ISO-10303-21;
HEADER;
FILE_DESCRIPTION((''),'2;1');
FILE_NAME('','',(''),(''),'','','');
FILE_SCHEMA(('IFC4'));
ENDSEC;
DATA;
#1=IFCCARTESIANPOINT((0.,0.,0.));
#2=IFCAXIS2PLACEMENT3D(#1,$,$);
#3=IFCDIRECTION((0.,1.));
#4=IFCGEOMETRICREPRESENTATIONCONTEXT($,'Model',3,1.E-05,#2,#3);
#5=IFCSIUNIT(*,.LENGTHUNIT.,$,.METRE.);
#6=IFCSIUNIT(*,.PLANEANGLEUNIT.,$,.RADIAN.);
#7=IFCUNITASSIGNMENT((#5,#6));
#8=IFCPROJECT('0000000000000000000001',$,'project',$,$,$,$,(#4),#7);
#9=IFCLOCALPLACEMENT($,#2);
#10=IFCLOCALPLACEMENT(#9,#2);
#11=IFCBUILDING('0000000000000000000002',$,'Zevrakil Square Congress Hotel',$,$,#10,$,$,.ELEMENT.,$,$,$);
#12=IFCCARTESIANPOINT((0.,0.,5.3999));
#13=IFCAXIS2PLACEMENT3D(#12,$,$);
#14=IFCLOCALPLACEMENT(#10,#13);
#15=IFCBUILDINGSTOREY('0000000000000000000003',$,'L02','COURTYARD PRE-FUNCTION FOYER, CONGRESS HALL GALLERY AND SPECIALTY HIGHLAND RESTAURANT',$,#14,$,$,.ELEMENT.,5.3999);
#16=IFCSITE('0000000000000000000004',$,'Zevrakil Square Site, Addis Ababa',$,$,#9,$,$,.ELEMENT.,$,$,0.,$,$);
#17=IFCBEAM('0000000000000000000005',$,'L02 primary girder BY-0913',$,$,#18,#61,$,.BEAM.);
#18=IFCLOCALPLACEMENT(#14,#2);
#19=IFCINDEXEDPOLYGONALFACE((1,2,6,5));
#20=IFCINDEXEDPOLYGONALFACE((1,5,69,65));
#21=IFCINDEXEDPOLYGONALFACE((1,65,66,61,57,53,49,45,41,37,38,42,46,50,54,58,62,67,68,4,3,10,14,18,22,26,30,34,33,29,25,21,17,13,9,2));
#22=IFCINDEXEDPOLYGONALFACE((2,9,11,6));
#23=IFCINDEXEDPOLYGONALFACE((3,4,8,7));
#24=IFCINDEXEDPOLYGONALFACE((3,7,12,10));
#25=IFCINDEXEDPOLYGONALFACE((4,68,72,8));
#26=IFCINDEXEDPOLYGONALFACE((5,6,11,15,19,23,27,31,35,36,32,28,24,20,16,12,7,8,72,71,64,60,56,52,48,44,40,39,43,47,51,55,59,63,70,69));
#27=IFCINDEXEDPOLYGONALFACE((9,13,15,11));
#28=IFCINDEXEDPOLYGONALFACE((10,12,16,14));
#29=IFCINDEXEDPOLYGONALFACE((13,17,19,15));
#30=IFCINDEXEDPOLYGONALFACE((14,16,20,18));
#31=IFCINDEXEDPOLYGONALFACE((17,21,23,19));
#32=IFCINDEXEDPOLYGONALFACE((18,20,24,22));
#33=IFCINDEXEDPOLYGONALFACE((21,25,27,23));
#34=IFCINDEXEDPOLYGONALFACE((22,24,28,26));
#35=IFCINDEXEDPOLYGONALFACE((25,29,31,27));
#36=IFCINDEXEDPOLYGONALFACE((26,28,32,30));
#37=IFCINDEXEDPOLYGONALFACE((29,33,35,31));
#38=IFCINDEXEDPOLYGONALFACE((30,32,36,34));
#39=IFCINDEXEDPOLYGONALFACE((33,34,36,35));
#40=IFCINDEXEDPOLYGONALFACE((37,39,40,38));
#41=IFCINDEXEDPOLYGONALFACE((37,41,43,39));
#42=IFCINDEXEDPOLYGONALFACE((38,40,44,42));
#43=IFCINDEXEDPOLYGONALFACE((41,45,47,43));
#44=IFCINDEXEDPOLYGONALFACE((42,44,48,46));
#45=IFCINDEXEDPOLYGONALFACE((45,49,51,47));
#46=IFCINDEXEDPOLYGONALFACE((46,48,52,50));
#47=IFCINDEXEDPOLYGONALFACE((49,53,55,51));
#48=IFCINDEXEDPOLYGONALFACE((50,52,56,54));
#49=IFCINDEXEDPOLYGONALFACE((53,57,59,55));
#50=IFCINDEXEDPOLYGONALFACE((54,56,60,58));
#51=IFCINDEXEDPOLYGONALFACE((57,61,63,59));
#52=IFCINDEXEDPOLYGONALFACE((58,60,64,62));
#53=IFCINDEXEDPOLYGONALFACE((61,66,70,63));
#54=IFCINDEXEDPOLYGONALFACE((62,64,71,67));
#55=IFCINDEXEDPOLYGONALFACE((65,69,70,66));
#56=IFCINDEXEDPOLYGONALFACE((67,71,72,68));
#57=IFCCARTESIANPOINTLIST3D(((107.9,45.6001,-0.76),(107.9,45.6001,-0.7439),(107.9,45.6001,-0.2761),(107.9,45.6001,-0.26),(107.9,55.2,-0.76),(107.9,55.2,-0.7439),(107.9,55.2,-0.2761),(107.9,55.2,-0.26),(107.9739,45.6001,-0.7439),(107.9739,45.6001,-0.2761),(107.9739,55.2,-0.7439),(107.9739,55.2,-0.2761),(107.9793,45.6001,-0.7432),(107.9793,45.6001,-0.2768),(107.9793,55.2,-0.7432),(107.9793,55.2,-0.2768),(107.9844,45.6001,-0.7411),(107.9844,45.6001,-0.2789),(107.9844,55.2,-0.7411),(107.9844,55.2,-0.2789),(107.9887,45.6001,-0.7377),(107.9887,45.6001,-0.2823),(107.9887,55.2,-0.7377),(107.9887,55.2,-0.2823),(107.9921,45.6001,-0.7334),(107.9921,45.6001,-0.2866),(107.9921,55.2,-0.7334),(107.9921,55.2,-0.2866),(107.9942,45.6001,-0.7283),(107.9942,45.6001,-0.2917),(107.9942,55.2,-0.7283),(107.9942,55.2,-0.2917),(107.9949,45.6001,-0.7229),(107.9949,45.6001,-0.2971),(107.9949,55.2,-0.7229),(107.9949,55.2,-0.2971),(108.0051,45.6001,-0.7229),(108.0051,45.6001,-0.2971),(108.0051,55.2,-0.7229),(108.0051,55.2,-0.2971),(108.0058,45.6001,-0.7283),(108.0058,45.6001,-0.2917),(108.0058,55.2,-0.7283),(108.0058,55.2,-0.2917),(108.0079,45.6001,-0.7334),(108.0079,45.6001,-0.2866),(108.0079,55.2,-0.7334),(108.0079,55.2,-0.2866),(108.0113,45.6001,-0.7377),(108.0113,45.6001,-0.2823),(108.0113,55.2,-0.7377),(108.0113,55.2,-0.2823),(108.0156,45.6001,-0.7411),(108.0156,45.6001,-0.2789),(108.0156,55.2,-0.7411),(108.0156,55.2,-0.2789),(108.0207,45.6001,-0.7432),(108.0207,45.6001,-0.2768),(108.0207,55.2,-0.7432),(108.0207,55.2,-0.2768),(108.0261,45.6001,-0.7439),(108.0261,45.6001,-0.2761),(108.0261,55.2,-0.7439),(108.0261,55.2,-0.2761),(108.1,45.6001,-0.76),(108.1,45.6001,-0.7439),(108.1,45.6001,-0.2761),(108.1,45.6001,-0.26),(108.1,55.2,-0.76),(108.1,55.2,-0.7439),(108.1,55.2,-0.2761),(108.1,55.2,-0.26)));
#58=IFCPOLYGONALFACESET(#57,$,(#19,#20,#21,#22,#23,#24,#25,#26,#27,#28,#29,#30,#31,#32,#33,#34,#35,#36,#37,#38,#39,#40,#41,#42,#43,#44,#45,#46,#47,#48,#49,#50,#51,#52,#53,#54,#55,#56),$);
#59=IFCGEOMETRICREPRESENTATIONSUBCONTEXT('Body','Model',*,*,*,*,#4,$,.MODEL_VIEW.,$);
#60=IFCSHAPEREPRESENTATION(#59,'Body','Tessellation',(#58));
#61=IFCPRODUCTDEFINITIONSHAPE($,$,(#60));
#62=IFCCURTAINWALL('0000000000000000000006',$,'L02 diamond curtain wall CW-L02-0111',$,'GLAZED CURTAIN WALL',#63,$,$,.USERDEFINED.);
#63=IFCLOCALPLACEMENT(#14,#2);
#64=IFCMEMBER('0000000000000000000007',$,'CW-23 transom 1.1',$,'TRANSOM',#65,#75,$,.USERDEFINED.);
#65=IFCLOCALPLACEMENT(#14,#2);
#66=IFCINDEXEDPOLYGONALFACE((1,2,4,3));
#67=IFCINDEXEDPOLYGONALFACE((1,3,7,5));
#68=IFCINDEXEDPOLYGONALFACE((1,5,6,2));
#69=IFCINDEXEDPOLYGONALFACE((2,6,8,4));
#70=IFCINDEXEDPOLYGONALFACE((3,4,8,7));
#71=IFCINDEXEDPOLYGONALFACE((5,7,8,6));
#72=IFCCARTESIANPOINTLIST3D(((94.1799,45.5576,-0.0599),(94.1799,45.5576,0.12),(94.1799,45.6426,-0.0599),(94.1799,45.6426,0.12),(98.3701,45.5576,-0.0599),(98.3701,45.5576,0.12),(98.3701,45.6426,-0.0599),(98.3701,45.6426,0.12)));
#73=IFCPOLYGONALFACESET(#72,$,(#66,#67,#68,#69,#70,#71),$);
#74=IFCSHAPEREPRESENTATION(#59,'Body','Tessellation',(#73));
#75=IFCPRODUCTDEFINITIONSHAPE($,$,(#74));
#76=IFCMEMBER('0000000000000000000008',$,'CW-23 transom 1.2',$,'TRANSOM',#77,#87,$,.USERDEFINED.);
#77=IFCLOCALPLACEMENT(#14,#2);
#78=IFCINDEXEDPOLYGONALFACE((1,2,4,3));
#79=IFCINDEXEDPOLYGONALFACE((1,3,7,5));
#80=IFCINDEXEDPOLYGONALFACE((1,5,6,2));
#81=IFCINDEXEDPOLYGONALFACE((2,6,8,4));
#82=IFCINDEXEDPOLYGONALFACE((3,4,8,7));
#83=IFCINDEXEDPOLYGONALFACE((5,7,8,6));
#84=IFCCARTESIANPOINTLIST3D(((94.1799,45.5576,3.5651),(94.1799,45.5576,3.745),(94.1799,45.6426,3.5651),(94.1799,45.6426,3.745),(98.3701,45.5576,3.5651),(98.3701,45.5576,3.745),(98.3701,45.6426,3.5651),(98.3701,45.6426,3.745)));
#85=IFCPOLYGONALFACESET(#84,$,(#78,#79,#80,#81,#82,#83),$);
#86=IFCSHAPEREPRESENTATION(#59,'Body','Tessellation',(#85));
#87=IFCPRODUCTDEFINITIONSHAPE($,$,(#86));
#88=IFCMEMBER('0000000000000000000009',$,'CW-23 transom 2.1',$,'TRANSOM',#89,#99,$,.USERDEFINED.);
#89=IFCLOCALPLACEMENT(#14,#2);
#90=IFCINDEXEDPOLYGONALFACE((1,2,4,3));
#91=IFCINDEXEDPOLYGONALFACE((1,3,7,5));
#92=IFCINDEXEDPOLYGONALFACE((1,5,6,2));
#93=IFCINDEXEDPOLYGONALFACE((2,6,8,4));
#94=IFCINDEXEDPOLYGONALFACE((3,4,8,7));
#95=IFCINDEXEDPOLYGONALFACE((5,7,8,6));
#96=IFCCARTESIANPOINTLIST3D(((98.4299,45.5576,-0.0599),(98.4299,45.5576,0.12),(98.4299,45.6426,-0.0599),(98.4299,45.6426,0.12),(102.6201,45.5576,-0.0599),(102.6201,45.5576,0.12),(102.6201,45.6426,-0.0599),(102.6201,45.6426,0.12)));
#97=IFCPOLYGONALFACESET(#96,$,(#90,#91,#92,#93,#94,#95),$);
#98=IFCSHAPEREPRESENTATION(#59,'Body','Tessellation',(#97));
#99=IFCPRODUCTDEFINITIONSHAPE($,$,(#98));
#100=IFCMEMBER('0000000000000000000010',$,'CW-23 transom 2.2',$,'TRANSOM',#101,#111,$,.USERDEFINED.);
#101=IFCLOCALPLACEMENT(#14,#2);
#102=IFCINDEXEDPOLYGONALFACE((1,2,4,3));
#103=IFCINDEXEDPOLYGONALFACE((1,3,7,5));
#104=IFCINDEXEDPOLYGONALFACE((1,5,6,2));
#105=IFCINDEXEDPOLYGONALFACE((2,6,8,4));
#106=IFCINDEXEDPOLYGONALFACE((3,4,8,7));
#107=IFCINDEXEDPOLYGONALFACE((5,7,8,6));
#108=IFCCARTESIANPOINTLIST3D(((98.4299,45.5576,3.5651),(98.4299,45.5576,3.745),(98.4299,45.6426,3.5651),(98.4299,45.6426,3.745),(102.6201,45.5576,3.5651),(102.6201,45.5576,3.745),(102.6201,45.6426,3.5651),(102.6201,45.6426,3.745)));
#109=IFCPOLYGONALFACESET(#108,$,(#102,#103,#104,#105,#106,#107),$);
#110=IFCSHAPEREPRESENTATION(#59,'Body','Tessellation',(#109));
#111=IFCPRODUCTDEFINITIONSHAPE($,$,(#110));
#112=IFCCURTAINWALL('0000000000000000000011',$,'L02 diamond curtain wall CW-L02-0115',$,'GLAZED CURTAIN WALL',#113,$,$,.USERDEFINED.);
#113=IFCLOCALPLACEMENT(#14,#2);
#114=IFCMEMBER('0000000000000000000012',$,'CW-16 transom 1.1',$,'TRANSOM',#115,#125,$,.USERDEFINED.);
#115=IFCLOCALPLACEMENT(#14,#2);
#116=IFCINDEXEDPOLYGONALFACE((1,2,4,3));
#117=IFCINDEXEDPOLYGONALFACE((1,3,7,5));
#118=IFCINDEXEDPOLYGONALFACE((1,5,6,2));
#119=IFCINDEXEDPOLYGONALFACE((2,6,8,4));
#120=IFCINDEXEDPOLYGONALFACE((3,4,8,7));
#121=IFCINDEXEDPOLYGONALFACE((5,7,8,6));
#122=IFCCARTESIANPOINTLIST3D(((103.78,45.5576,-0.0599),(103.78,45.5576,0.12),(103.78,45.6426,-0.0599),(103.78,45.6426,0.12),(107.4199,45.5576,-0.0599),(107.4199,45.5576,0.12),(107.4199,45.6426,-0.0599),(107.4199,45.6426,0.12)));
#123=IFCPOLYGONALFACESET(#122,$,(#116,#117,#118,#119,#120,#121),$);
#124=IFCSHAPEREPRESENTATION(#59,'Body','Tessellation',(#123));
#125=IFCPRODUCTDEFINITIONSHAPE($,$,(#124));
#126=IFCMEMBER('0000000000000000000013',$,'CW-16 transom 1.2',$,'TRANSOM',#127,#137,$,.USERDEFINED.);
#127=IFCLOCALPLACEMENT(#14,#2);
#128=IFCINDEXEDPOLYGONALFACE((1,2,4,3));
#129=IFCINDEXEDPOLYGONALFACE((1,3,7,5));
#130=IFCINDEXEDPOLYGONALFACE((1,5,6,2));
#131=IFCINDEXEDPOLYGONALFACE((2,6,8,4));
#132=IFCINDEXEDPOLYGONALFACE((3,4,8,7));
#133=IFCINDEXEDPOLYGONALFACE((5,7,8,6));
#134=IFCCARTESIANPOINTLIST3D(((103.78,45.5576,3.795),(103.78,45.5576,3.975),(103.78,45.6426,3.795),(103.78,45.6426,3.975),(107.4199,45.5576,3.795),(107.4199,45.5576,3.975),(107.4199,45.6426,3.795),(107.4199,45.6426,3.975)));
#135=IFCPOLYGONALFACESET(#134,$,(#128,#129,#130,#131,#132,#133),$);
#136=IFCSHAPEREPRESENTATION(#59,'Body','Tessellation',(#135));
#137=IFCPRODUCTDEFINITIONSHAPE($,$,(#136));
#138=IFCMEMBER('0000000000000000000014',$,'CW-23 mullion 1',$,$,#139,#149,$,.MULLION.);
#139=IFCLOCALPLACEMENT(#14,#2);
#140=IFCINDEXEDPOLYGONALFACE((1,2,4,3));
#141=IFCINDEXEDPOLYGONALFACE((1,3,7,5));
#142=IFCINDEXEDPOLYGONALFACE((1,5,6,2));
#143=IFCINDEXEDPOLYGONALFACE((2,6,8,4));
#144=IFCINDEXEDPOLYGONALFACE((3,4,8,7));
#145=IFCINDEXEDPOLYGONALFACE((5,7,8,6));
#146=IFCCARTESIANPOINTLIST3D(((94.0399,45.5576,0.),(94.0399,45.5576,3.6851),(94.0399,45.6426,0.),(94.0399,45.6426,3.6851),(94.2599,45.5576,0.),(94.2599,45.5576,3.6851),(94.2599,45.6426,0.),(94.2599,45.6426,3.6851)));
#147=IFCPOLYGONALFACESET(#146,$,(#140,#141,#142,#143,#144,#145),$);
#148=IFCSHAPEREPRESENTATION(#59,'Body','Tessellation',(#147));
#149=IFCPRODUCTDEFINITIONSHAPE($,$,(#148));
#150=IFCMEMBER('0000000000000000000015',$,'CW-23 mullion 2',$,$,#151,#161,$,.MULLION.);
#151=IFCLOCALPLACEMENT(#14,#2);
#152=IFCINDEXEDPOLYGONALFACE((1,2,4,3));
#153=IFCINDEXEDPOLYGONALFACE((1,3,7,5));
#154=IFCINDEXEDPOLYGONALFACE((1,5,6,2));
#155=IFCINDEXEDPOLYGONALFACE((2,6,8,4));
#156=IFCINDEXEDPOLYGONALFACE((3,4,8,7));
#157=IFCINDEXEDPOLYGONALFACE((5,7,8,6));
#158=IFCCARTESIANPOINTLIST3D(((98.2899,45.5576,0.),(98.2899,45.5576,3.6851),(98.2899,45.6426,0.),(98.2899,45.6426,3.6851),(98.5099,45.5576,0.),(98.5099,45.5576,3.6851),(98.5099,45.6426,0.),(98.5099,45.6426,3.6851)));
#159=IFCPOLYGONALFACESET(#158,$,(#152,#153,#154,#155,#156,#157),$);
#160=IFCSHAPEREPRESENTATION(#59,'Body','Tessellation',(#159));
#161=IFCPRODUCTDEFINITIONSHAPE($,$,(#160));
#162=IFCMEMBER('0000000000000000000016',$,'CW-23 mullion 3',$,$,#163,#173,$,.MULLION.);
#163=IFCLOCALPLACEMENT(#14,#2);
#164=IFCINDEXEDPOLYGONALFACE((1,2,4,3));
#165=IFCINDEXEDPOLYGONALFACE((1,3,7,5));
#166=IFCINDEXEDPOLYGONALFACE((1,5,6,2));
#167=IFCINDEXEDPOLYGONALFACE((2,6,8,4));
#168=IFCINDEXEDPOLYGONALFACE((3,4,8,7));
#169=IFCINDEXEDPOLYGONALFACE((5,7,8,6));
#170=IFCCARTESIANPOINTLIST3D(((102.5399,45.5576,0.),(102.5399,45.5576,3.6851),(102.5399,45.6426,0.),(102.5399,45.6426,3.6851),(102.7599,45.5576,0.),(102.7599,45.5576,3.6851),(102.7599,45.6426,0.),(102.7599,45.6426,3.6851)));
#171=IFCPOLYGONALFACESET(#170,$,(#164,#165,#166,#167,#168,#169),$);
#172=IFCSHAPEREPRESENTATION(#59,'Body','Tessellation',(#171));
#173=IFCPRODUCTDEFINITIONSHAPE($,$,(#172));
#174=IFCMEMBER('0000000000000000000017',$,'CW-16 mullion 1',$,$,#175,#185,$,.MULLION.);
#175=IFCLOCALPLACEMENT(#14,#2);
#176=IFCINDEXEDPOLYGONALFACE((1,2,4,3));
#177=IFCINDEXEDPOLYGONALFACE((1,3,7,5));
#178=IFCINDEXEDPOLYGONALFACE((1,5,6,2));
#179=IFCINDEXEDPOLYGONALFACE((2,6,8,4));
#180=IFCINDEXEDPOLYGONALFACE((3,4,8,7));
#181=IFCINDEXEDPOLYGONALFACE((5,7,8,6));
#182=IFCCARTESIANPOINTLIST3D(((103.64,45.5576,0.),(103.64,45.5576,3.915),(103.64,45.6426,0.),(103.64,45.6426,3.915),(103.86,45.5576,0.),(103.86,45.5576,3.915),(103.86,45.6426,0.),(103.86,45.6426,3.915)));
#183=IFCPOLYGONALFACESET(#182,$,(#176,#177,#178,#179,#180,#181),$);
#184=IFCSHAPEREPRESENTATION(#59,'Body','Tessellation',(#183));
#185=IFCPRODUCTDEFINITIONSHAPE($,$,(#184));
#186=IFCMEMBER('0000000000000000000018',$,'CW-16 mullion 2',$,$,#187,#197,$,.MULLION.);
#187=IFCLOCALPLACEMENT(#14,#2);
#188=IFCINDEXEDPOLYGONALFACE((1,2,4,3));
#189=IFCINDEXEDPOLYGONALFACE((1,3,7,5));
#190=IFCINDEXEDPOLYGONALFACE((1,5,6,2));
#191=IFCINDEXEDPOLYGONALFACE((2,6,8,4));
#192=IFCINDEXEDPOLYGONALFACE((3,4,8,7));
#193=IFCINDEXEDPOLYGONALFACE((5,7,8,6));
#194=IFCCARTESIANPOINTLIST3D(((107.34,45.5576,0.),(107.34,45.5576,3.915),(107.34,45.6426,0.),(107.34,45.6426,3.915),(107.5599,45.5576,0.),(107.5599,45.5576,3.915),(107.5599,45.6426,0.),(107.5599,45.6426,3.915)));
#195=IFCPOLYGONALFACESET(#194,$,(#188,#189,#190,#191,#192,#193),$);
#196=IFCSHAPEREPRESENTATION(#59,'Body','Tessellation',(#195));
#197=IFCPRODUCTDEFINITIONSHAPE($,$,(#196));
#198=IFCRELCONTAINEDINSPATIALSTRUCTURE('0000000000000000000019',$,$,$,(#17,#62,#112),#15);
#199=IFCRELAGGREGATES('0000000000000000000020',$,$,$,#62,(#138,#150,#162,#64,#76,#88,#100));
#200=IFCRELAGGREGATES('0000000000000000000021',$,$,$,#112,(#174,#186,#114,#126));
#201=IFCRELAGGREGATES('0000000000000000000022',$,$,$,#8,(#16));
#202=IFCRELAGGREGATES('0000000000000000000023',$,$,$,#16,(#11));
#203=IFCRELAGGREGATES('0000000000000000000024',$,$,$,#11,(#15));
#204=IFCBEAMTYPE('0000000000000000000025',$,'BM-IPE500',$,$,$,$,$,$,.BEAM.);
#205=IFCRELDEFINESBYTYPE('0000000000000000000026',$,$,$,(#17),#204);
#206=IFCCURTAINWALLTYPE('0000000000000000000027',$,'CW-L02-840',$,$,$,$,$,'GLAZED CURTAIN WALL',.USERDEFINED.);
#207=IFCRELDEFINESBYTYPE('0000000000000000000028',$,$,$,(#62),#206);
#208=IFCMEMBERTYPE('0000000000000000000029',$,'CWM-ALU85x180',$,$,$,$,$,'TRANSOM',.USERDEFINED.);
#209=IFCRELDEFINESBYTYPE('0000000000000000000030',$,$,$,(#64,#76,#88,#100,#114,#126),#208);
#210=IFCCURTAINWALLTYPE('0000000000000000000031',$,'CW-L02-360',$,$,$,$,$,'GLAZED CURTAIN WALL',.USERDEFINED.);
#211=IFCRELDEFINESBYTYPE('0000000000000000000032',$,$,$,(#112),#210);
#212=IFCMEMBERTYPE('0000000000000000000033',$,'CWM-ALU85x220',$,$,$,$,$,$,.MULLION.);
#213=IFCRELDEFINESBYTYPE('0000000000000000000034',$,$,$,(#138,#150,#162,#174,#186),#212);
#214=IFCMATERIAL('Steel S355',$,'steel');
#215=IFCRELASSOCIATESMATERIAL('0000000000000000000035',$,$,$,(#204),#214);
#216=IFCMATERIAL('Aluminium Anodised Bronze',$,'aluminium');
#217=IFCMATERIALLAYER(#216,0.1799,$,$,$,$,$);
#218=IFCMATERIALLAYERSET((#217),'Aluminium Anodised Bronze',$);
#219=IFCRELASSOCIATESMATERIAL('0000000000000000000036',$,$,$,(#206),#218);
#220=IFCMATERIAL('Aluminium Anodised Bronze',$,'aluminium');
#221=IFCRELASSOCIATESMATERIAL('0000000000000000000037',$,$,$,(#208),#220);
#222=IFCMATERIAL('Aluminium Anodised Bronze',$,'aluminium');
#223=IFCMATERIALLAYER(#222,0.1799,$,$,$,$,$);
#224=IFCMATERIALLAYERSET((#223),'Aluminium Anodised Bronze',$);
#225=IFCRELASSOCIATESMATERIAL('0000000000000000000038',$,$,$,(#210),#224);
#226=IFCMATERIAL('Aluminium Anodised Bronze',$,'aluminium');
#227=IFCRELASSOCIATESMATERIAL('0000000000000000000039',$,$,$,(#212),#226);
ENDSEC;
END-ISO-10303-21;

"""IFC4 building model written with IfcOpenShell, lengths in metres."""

from ifc_helpers import new_model, si_unit, direction, frame, origin, origin_2d, place, context, subcontext, project, spatial, rectangle, i_section, extrude, material, layer, layer_set, material_profile, profile_set, type_object, element, aggregate, save


model = new_model("IFC4")

# Units and contexts
model_context = context("Model", 3, precision=1e-05, world=origin(), true_north=direction((0.0, 1.0)))
body_context = subcontext(model_context, "Body", "Model", "MODEL_VIEW")
ifc_project = project(units=[si_unit("LENGTHUNIT", "METRE"), si_unit("PLANEANGLEUNIT", "RADIAN")], contexts=[model_context])

# Site, building, storey
site_placement = place(None, origin())
site = spatial("IfcSite", under=ifc_project, at=site_placement, Name="Zevrakil Square Site, Addis Ababa", CompositionType="ELEMENT", RefElevation=0.0)
building_placement = place(site_placement, origin())
building = spatial("IfcBuilding", under=site, at=building_placement, Name="Zevrakil Square Congress Hotel", CompositionType="ELEMENT")
storey_placement = place(building_placement, frame((0.0, 0.0, 5.3999)))
storey = spatial("IfcBuildingStorey", under=building, at=storey_placement, Name="L02", Description="COURTYARD PRE-FUNCTION FOYER, CONGRESS HALL GALLERY AND SPECIALTY HIGHLAND RESTAURANT", CompositionType="ELEMENT", Elevation=5.3999)

# Beam
ifc_material_1 = material(Name="Steel S355", Category="steel")
ifc_material_profile_1 = material_profile(ifc_material_1, i_section(OverallWidth=0.2, OverallDepth=0.5, WebThickness=0.0103, FlangeThickness=0.0161, FilletRadius=0.021, at=origin_2d()), Name="IPE 500")
ifc_profile_set_1 = profile_set([ifc_material_profile_1], Name="Steel S355")
beam_type_1 = type_object("IfcBeamType", Name="BM-IPE500", PredefinedType="BEAM", material=ifc_profile_set_1)
beam_placement = place(storey_placement, frame((108.0, 45.6001, -0.51), z_axis=(0.0, 1.0, 0.0), x_axis=(-1.0, 0.0, 0.0)))
element("IfcBeam", 1, at=beam_placement, inside=storey, type_object=beam_type_1, Name="L02 primary girder BY-0913", PredefinedType="BEAM", context=body_context, shape_type="SweptSolid", body=[
    extrude(i_section(OverallWidth=0.2, OverallDepth=0.5, WebThickness=0.0103, FlangeThickness=0.0161, FilletRadius=0.021, at=origin_2d()), origin(), (0.0, 0.0, 1.0), 9.5999),
])

# Curtain walls, members
ifc_material_2 = material(Name="Aluminium Anodised Bronze", Category="aluminium")
ifc_layer_1 = layer(ifc_material_2, 0.1799)
ifc_layer_set_1 = layer_set([ifc_layer_1], Name="Aluminium Anodised Bronze")
curtain_wall_type_1 = type_object("IfcCurtainWallType", Name="CW-L02-840", ElementType="GLAZED CURTAIN WALL", PredefinedType="USERDEFINED", material=ifc_layer_set_1)
curtain_wall_1_placement = place(storey_placement, origin())
curtain_wall_1 = element("IfcCurtainWall", 2, at=curtain_wall_1_placement, inside=storey, type_object=curtain_wall_type_1, Name="L02 diamond curtain wall CW-L02-0111", ObjectType="GLAZED CURTAIN WALL", PredefinedType="USERDEFINED")
ifc_material_3 = material(Name="Aluminium Anodised Bronze", Category="aluminium")
ifc_material_profile_2 = material_profile(ifc_material_3, rectangle(XDim=0.085, YDim=0.1799, at=origin_2d()), Name="ALU 85x180")
ifc_profile_set_2 = profile_set([ifc_material_profile_2], Name="Aluminium Anodised Bronze")
member_type_1 = type_object("IfcMemberType", Name="CWM-ALU85x180", ElementType="TRANSOM", PredefinedType="USERDEFINED", material=ifc_profile_set_2)
member_1_placement = place(storey_placement, frame((94.1799, 45.6001, 0.03), z_axis=(1.0, 0.0, 0.0), x_axis=(0.0, 1.0, 0.0)))
member_1 = element("IfcMember", 3, at=member_1_placement, type_object=member_type_1, Name="CW-23 transom 1.1", ObjectType="TRANSOM", PredefinedType="USERDEFINED", context=body_context, shape_type="SweptSolid", body=[
    extrude(rectangle(XDim=0.085, YDim=0.1799, at=origin_2d()), origin(), (0.0, 0.0, 1.0), 4.1902),
])
member_2_placement = place(storey_placement, frame((94.1799, 45.6001, 3.655), z_axis=(1.0, 0.0, 0.0), x_axis=(0.0, 1.0, 0.0)))
member_2 = element("IfcMember", 4, at=member_2_placement, type_object=member_type_1, Name="CW-23 transom 1.2", ObjectType="TRANSOM", PredefinedType="USERDEFINED", context=body_context, shape_type="SweptSolid", body=[
    extrude(rectangle(XDim=0.085, YDim=0.1799, at=origin_2d()), origin(), (0.0, 0.0, 1.0), 4.1902),
])
member_3_placement = place(storey_placement, frame((98.4299, 45.6001, 0.03), z_axis=(1.0, 0.0, 0.0), x_axis=(0.0, 1.0, 0.0)))
member_3 = element("IfcMember", 5, at=member_3_placement, type_object=member_type_1, Name="CW-23 transom 2.1", ObjectType="TRANSOM", PredefinedType="USERDEFINED", context=body_context, shape_type="SweptSolid", body=[
    extrude(rectangle(XDim=0.085, YDim=0.1799, at=origin_2d()), origin(), (0.0, 0.0, 1.0), 4.1902),
])
member_4_placement = place(storey_placement, frame((98.4299, 45.6001, 3.655), z_axis=(1.0, 0.0, 0.0), x_axis=(0.0, 1.0, 0.0)))
member_4 = element("IfcMember", 6, at=member_4_placement, type_object=member_type_1, Name="CW-23 transom 2.2", ObjectType="TRANSOM", PredefinedType="USERDEFINED", context=body_context, shape_type="SweptSolid", body=[
    extrude(rectangle(XDim=0.085, YDim=0.1799, at=origin_2d()), origin(), (0.0, 0.0, 1.0), 4.1902),
])
ifc_material_4 = material(Name="Aluminium Anodised Bronze", Category="aluminium")
ifc_layer_2 = layer(ifc_material_4, 0.1799)
ifc_layer_set_2 = layer_set([ifc_layer_2], Name="Aluminium Anodised Bronze")
curtain_wall_type_2 = type_object("IfcCurtainWallType", Name="CW-L02-360", ElementType="GLAZED CURTAIN WALL", PredefinedType="USERDEFINED", material=ifc_layer_set_2)
curtain_wall_2_placement = place(storey_placement, origin())
curtain_wall_2 = element("IfcCurtainWall", 7, at=curtain_wall_2_placement, inside=storey, type_object=curtain_wall_type_2, Name="L02 diamond curtain wall CW-L02-0115", ObjectType="GLAZED CURTAIN WALL", PredefinedType="USERDEFINED")
member_5_placement = place(storey_placement, frame((103.78, 45.6001, 0.03), z_axis=(1.0, 0.0, 0.0), x_axis=(0.0, 1.0, 0.0)))
member_5 = element("IfcMember", 8, at=member_5_placement, type_object=member_type_1, Name="CW-16 transom 1.1", ObjectType="TRANSOM", PredefinedType="USERDEFINED", context=body_context, shape_type="SweptSolid", body=[
    extrude(rectangle(XDim=0.085, YDim=0.1799, at=origin_2d()), origin(), (0.0, 0.0, 1.0), 3.6399),
])
member_6_placement = place(storey_placement, frame((103.78, 45.6001, 3.885), z_axis=(1.0, 0.0, 0.0), x_axis=(0.0, 1.0, 0.0)))
member_6 = element("IfcMember", 9, at=member_6_placement, type_object=member_type_1, Name="CW-16 transom 1.2", ObjectType="TRANSOM", PredefinedType="USERDEFINED", context=body_context, shape_type="SweptSolid", body=[
    extrude(rectangle(XDim=0.085, YDim=0.1799, at=origin_2d()), origin(), (0.0, 0.0, 1.0), 3.6399),
])

# Members
ifc_material_5 = material(Name="Aluminium Anodised Bronze", Category="aluminium")
ifc_material_profile_3 = material_profile(ifc_material_5, rectangle(XDim=0.085, YDim=0.22, at=origin_2d()), Name="ALU 85x220")
ifc_profile_set_3 = profile_set([ifc_material_profile_3], Name="Aluminium Anodised Bronze")
member_type_2 = type_object("IfcMemberType", Name="CWM-ALU85x220", PredefinedType="MULLION", material=ifc_profile_set_3)
member_7_placement = place(storey_placement, frame((94.1499, 45.6001, 0.0), z_axis=(0.0, 0.0, 1.0), x_axis=(0.0, 1.0, 0.0)))
member_7 = element("IfcMember", 10, at=member_7_placement, type_object=member_type_2, Name="CW-23 mullion 1", PredefinedType="MULLION", context=body_context, shape_type="SweptSolid", body=[
    extrude(rectangle(XDim=0.085, YDim=0.22, at=origin_2d()), origin(), (0.0, 0.0, 1.0), 3.6851),
])
member_8_placement = place(storey_placement, frame((98.3999, 45.6001, 0.0), z_axis=(0.0, 0.0, 1.0), x_axis=(0.0, 1.0, 0.0)))
member_8 = element("IfcMember", 11, at=member_8_placement, type_object=member_type_2, Name="CW-23 mullion 2", PredefinedType="MULLION", context=body_context, shape_type="SweptSolid", body=[
    extrude(rectangle(XDim=0.085, YDim=0.22, at=origin_2d()), origin(), (0.0, 0.0, 1.0), 3.6851),
])
member_9_placement = place(storey_placement, frame((102.6499, 45.6001, 0.0), z_axis=(0.0, 0.0, 1.0), x_axis=(0.0, 1.0, 0.0)))
member_9 = element("IfcMember", 12, at=member_9_placement, type_object=member_type_2, Name="CW-23 mullion 3", PredefinedType="MULLION", context=body_context, shape_type="SweptSolid", body=[
    extrude(rectangle(XDim=0.085, YDim=0.22, at=origin_2d()), origin(), (0.0, 0.0, 1.0), 3.6851),
])
member_10_placement = place(storey_placement, frame((103.75, 45.6001, 0.0), z_axis=(0.0, 0.0, 1.0), x_axis=(0.0, 1.0, 0.0)))
member_10 = element("IfcMember", 13, at=member_10_placement, type_object=member_type_2, Name="CW-16 mullion 1", PredefinedType="MULLION", context=body_context, shape_type="SweptSolid", body=[
    extrude(rectangle(XDim=0.085, YDim=0.22, at=origin_2d()), origin(), (0.0, 0.0, 1.0), 3.915),
])
member_11_placement = place(storey_placement, frame((107.45, 45.6001, 0.0), z_axis=(0.0, 0.0, 1.0), x_axis=(0.0, 1.0, 0.0)))
member_11 = element("IfcMember", 14, at=member_11_placement, type_object=member_type_2, Name="CW-16 mullion 2", PredefinedType="MULLION", context=body_context, shape_type="SweptSolid", body=[
    extrude(rectangle(XDim=0.085, YDim=0.22, at=origin_2d()), origin(), (0.0, 0.0, 1.0), 3.915),
])

aggregate(curtain_wall_1, [member_7, member_8, member_9, member_1, member_2, member_3, member_4])
aggregate(curtain_wall_2, [member_10, member_11, member_5, member_6])

save(model, "model.ifc")
